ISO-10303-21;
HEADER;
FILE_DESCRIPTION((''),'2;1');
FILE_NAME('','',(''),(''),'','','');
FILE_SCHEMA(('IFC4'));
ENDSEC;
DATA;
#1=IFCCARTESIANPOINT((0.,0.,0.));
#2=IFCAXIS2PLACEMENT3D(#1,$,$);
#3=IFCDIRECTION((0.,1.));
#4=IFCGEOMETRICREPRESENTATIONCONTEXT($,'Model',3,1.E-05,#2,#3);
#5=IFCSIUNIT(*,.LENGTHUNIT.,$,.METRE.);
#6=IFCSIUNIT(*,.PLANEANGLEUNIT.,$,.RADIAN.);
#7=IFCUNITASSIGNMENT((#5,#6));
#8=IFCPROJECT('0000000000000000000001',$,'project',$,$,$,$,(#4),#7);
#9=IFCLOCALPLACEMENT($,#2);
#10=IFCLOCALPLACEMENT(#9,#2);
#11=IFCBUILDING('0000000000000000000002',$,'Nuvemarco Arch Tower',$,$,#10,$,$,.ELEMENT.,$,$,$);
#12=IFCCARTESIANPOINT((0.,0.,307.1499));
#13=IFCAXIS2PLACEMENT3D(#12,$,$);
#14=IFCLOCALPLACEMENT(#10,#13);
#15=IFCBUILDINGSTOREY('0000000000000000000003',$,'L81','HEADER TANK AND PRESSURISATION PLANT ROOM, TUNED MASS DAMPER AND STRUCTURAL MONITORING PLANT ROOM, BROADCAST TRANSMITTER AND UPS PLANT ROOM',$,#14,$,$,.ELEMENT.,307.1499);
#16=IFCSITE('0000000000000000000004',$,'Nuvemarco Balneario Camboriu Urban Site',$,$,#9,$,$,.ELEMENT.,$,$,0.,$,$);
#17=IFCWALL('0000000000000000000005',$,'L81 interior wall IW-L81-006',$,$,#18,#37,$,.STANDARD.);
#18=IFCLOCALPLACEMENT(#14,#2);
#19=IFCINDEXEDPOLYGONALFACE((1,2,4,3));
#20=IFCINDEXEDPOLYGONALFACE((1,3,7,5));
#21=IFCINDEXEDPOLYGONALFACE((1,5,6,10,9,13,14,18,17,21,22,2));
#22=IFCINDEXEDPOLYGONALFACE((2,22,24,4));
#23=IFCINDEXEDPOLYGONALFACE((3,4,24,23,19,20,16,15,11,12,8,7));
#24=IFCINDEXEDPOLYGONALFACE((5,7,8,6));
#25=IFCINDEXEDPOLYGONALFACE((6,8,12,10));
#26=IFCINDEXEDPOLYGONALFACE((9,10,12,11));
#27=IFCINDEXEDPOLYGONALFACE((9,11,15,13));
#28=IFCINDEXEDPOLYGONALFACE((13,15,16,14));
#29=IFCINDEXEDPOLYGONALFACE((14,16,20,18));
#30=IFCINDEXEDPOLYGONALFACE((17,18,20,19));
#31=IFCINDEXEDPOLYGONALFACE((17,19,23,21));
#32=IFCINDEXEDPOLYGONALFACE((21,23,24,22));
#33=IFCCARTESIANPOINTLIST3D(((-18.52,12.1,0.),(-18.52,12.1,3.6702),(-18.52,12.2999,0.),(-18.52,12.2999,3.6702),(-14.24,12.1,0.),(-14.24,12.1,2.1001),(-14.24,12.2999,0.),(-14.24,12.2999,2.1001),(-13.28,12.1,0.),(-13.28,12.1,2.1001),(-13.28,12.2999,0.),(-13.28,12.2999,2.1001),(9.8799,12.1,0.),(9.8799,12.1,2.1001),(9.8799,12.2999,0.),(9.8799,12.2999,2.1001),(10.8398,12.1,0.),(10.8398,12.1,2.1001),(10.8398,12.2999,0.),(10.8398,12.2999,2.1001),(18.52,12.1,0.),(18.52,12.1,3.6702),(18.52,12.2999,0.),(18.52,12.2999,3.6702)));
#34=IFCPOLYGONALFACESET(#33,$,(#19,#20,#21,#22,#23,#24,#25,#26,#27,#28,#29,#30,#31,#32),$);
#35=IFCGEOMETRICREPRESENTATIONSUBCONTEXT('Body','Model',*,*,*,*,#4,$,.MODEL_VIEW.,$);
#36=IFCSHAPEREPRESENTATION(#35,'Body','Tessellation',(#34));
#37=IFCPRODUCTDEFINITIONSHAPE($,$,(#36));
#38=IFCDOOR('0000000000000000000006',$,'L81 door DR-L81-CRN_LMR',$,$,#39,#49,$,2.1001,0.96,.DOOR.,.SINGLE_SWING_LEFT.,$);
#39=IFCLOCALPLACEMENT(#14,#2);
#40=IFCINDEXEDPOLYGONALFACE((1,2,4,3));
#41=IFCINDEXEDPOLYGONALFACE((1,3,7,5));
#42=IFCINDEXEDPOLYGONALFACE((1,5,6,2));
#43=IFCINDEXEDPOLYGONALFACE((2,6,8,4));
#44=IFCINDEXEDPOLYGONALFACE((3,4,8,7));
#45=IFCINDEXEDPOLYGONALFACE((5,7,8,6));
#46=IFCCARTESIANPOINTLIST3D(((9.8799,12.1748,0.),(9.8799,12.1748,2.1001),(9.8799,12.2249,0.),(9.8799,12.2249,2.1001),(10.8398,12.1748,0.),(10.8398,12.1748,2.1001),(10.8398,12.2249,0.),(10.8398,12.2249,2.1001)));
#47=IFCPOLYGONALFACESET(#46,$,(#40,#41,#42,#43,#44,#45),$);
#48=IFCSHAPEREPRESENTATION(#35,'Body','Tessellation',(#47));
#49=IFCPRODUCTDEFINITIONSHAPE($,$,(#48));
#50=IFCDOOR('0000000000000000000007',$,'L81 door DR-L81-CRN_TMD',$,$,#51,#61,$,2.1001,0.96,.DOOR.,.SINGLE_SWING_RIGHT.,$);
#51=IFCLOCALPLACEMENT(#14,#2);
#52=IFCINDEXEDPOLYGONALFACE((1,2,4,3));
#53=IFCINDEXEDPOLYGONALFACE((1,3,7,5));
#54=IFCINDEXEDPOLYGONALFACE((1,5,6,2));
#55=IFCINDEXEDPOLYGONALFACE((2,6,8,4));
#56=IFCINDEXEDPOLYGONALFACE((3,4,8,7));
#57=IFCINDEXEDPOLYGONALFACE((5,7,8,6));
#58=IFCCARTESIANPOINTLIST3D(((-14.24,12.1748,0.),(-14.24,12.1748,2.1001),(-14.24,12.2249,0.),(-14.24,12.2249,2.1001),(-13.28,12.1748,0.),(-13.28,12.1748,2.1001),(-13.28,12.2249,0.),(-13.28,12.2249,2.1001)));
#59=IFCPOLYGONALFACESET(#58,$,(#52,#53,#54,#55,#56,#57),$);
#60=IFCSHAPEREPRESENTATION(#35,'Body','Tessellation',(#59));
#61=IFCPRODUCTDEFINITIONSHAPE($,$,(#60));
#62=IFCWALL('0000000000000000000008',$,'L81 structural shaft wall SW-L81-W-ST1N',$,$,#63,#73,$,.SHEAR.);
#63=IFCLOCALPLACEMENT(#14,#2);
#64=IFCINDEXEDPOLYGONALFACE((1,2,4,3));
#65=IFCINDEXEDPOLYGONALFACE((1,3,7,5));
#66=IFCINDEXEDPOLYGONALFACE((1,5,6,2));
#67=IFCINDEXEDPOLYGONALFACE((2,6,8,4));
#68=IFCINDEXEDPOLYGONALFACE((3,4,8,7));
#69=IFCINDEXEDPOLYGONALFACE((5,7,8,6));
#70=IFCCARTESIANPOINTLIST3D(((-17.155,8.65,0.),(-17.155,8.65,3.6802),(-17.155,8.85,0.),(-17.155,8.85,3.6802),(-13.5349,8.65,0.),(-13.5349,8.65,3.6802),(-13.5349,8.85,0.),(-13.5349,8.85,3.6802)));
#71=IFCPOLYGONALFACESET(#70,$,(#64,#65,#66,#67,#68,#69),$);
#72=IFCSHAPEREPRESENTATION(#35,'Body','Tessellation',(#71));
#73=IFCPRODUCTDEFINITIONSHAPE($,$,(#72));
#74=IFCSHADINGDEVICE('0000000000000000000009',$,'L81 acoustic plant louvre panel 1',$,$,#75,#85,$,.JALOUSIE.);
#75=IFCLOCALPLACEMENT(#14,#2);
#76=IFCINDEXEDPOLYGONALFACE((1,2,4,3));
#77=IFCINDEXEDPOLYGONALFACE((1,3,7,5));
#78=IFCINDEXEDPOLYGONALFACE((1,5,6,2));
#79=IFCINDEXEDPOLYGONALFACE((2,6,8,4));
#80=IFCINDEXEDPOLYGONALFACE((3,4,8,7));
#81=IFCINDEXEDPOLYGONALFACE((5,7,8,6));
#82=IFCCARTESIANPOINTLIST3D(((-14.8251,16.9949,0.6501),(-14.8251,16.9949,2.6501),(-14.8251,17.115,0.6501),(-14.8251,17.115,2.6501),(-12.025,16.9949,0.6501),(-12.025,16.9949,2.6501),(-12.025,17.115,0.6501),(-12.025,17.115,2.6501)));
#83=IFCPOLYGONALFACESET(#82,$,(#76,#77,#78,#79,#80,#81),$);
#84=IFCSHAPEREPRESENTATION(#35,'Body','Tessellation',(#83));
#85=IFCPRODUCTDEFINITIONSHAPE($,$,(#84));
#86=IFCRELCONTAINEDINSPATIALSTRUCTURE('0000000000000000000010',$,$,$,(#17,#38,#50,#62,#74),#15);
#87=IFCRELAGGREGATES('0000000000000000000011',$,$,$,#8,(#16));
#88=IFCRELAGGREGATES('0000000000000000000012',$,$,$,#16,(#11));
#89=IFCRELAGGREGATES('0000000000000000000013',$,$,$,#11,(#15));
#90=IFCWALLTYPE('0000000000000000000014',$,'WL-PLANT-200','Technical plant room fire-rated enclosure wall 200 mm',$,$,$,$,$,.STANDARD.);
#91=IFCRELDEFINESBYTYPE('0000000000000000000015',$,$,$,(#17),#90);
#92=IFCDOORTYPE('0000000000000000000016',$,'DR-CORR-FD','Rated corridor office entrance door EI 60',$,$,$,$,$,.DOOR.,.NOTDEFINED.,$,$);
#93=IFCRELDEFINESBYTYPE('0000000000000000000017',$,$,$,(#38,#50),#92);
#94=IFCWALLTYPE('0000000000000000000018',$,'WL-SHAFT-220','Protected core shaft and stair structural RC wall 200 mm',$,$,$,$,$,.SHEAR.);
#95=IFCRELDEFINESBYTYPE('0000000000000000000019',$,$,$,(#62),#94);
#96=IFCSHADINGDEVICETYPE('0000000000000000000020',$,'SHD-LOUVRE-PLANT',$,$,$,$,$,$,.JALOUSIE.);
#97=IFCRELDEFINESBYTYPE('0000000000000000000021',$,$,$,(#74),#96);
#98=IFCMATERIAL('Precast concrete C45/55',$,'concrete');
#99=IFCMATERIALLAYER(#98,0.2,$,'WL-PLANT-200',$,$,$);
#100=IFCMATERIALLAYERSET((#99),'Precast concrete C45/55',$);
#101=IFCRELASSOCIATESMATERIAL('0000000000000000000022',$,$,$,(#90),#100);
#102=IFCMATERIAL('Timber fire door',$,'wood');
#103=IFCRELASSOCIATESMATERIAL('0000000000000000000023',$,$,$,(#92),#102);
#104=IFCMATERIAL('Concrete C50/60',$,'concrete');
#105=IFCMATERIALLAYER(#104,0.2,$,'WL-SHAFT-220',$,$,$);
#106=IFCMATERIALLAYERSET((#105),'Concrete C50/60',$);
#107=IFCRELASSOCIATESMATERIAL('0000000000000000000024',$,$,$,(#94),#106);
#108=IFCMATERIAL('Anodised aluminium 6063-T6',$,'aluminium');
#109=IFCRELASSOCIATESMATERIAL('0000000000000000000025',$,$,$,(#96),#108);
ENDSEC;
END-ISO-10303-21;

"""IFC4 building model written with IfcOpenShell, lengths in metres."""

from ifc_helpers import new_model, si_unit, direction, frame, frame_2d, origin, origin_2d, place, context, subcontext, project, spatial, rectangle, extrude, source, transform, mapped, material, layer, layer_set, type_object, type_shapes, element, fill, save


model = new_model("IFC4")

# Units and contexts
model_context = context("Model", 3, precision=1e-05, world=origin(), true_north=direction((0.0, 1.0)))
body_context = subcontext(model_context, "Body", "Model", "MODEL_VIEW")
ifc_project = project(units=[si_unit("LENGTHUNIT", "METRE"), si_unit("PLANEANGLEUNIT", "RADIAN")], contexts=[model_context])

# Site, building, storey
site_placement = place(None, origin())
site = spatial("IfcSite", under=ifc_project, at=site_placement, Name="Nuvemarco Balneario Camboriu Urban Site", CompositionType="ELEMENT", RefElevation=0.0)
building_placement = place(site_placement, origin())
building = spatial("IfcBuilding", under=site, at=building_placement, Name="Nuvemarco Arch Tower", CompositionType="ELEMENT")
storey_placement = place(building_placement, frame((0.0, 0.0, 307.1499)))
storey = spatial("IfcBuildingStorey", under=building, at=storey_placement, Name="L81", Description="HEADER TANK AND PRESSURISATION PLANT ROOM, TUNED MASS DAMPER AND STRUCTURAL MONITORING PLANT ROOM, BROADCAST TRANSMITTER AND UPS PLANT ROOM", CompositionType="ELEMENT", Elevation=307.1499)

# Shared definitions
ifc_material_1 = material(Name="Concrete C50/60", Category="concrete")

# Shared definitions
ifc_material_2 = material(Name="Precast concrete C45/55", Category="concrete")

# Wall, openings, doors
ifc_layer_1 = layer(ifc_material_2, 0.2, Name="WL-PLANT-200")
ifc_layer_set_1 = layer_set([ifc_layer_1], Name="Precast concrete C45/55")
wall_type_1 = type_object("IfcWallType", Name="WL-PLANT-200", Description="Technical plant room fire-rated enclosure wall 200 mm", PredefinedType="STANDARD", material=ifc_layer_set_1)
wall_1_placement = place(storey_placement, frame((-18.52, 12.2, 0.0), z_axis=(0.0, 0.0, 1.0), x_axis=(1.0, 0.0, 0.0)))
wall_1 = element("IfcWall", 1, at=wall_1_placement, inside=storey, type_object=wall_type_1, Name="L81 interior wall IW-L81-006", PredefinedType="STANDARD", context=body_context, shape_type="SweptSolid", body=[
    extrude(rectangle(XDim=37.04, YDim=0.2, at=frame_2d((18.52, 0.0))), origin(), (0.0, 0.0, 1.0), 3.6702),
])
opening_1_placement = place(wall_1_placement, frame((28.3999, 0.0, 0.0)))
opening_1 = element("IfcOpeningElement", 2, at=opening_1_placement, cuts=wall_1, PredefinedType="OPENING", context=body_context, shape_type="SweptSolid", body=[
    extrude(rectangle(XDim=0.96, YDim=2.1001, at=frame_2d((0.48, 1.05))), frame((0.0, 0.1099, 0.0), z_axis=(0.0, -1.0, 0.0), x_axis=(1.0, 0.0, 0.0)), (0.0, 0.0, 1.0), 0.22),
])
opening_2_placement = place(wall_1_placement, frame((4.28, 0.0, 0.0)))
opening_2 = element("IfcOpeningElement", 3, at=opening_2_placement, cuts=wall_1, PredefinedType="OPENING", context=body_context, shape_type="SweptSolid", body=[
    extrude(rectangle(XDim=0.96, YDim=2.1001, at=frame_2d((0.48, 1.05))), frame((0.0, 0.1099, 0.0), z_axis=(0.0, -1.0, 0.0), x_axis=(1.0, 0.0, 0.0)), (0.0, 0.0, 1.0), 0.22),
])
ifc_material_3 = material(Name="Timber fire door", Category="wood")
door_type = type_object("IfcDoorType", Name="DR-CORR-FD", Description="Rated corridor office entrance door EI 60", OperationType="NOTDEFINED", PredefinedType="DOOR", material=ifc_material_3)
shared_shape_1 = source(origin(), body_context, "Body", "SweptSolid", [
    extrude(rectangle(XDim=0.96, YDim=2.1001, at=frame_2d((0.48, 1.05))), frame((0.0, 0.0249, 0.0), z_axis=(0.0, -1.0, 0.0), x_axis=(1.0, 0.0, 0.0)), (0.0, 0.0, 1.0), 0.05),
])
type_shapes(door_type, [shared_shape_1])
door_1_placement = place(opening_1_placement, origin())
door_1 = element("IfcDoor", 4, at=door_1_placement, inside=storey, type_object=door_type, Name="L81 door DR-L81-CRN_LMR", OperationType="SINGLE_SWING_LEFT", OverallHeight=2.1001, OverallWidth=0.96, PredefinedType="DOOR", context=body_context, shape_type="MappedRepresentation", body=[
    mapped(shared_shape_1, transform((0.0, 0.0, 0.0), scale=1.0)),
])
fill(opening_1, door_1)
door_2_placement = place(opening_2_placement, origin())
door_2 = element("IfcDoor", 5, at=door_2_placement, inside=storey, type_object=door_type, Name="L81 door DR-L81-CRN_TMD", OperationType="SINGLE_SWING_RIGHT", OverallHeight=2.1001, OverallWidth=0.96, PredefinedType="DOOR", context=body_context, shape_type="MappedRepresentation", body=[
    mapped(shared_shape_1, transform((0.0, 0.0, 0.0), scale=1.0)),
])
fill(opening_2, door_2)

# Wall
ifc_layer_2 = layer(ifc_material_1, 0.2, Name="WL-SHAFT-220")
ifc_layer_set_2 = layer_set([ifc_layer_2], Name="Concrete C50/60")
wall_type_2 = type_object("IfcWallType", Name="WL-SHAFT-220", Description="Protected core shaft and stair structural RC wall 200 mm", PredefinedType="SHEAR", material=ifc_layer_set_2)
wall_2_placement = place(storey_placement, frame((-17.155, 8.75, 0.0), z_axis=(0.0, 0.0, 1.0), x_axis=(1.0, 0.0, 0.0)))
element("IfcWall", 6, at=wall_2_placement, inside=storey, type_object=wall_type_2, Name="L81 structural shaft wall SW-L81-W-ST1N", PredefinedType="SHEAR", context=body_context, shape_type="SweptSolid", body=[
    extrude(rectangle(XDim=3.6201, YDim=0.2, at=frame_2d((1.8101, 0.0))), origin(), (0.0, 0.0, 1.0), 3.6802),
])

# Shading device
ifc_material_4 = material(Name="Anodised aluminium 6063-T6", Category="aluminium")
shading_device_type = type_object("IfcShadingDeviceType", Name="SHD-LOUVRE-PLANT", PredefinedType="JALOUSIE", material=ifc_material_4)
shared_shape_2 = source(origin(), body_context, "Body", "SweptSolid", [
    extrude(rectangle(XDim=2.8, YDim=0.1201, at=origin_2d()), origin(), (0.0, 0.0, 1.0), 2.0),
])
type_shapes(shading_device_type, [shared_shape_2])
shading_device_placement = place(storey_placement, frame((-13.425, 17.0549, 0.6501), z_axis=(0.0, 0.0, 1.0), x_axis=(1.0, 0.0, 0.0)))
element("IfcShadingDevice", 7, at=shading_device_placement, inside=storey, type_object=shading_device_type, Name="L81 acoustic plant louvre panel 1", PredefinedType="JALOUSIE", context=body_context, shape_type="MappedRepresentation", body=[
    mapped(shared_shape_2, transform((0.0, 0.0, 0.0), scale=1.0)),
])

save(model, "model.ifc")
